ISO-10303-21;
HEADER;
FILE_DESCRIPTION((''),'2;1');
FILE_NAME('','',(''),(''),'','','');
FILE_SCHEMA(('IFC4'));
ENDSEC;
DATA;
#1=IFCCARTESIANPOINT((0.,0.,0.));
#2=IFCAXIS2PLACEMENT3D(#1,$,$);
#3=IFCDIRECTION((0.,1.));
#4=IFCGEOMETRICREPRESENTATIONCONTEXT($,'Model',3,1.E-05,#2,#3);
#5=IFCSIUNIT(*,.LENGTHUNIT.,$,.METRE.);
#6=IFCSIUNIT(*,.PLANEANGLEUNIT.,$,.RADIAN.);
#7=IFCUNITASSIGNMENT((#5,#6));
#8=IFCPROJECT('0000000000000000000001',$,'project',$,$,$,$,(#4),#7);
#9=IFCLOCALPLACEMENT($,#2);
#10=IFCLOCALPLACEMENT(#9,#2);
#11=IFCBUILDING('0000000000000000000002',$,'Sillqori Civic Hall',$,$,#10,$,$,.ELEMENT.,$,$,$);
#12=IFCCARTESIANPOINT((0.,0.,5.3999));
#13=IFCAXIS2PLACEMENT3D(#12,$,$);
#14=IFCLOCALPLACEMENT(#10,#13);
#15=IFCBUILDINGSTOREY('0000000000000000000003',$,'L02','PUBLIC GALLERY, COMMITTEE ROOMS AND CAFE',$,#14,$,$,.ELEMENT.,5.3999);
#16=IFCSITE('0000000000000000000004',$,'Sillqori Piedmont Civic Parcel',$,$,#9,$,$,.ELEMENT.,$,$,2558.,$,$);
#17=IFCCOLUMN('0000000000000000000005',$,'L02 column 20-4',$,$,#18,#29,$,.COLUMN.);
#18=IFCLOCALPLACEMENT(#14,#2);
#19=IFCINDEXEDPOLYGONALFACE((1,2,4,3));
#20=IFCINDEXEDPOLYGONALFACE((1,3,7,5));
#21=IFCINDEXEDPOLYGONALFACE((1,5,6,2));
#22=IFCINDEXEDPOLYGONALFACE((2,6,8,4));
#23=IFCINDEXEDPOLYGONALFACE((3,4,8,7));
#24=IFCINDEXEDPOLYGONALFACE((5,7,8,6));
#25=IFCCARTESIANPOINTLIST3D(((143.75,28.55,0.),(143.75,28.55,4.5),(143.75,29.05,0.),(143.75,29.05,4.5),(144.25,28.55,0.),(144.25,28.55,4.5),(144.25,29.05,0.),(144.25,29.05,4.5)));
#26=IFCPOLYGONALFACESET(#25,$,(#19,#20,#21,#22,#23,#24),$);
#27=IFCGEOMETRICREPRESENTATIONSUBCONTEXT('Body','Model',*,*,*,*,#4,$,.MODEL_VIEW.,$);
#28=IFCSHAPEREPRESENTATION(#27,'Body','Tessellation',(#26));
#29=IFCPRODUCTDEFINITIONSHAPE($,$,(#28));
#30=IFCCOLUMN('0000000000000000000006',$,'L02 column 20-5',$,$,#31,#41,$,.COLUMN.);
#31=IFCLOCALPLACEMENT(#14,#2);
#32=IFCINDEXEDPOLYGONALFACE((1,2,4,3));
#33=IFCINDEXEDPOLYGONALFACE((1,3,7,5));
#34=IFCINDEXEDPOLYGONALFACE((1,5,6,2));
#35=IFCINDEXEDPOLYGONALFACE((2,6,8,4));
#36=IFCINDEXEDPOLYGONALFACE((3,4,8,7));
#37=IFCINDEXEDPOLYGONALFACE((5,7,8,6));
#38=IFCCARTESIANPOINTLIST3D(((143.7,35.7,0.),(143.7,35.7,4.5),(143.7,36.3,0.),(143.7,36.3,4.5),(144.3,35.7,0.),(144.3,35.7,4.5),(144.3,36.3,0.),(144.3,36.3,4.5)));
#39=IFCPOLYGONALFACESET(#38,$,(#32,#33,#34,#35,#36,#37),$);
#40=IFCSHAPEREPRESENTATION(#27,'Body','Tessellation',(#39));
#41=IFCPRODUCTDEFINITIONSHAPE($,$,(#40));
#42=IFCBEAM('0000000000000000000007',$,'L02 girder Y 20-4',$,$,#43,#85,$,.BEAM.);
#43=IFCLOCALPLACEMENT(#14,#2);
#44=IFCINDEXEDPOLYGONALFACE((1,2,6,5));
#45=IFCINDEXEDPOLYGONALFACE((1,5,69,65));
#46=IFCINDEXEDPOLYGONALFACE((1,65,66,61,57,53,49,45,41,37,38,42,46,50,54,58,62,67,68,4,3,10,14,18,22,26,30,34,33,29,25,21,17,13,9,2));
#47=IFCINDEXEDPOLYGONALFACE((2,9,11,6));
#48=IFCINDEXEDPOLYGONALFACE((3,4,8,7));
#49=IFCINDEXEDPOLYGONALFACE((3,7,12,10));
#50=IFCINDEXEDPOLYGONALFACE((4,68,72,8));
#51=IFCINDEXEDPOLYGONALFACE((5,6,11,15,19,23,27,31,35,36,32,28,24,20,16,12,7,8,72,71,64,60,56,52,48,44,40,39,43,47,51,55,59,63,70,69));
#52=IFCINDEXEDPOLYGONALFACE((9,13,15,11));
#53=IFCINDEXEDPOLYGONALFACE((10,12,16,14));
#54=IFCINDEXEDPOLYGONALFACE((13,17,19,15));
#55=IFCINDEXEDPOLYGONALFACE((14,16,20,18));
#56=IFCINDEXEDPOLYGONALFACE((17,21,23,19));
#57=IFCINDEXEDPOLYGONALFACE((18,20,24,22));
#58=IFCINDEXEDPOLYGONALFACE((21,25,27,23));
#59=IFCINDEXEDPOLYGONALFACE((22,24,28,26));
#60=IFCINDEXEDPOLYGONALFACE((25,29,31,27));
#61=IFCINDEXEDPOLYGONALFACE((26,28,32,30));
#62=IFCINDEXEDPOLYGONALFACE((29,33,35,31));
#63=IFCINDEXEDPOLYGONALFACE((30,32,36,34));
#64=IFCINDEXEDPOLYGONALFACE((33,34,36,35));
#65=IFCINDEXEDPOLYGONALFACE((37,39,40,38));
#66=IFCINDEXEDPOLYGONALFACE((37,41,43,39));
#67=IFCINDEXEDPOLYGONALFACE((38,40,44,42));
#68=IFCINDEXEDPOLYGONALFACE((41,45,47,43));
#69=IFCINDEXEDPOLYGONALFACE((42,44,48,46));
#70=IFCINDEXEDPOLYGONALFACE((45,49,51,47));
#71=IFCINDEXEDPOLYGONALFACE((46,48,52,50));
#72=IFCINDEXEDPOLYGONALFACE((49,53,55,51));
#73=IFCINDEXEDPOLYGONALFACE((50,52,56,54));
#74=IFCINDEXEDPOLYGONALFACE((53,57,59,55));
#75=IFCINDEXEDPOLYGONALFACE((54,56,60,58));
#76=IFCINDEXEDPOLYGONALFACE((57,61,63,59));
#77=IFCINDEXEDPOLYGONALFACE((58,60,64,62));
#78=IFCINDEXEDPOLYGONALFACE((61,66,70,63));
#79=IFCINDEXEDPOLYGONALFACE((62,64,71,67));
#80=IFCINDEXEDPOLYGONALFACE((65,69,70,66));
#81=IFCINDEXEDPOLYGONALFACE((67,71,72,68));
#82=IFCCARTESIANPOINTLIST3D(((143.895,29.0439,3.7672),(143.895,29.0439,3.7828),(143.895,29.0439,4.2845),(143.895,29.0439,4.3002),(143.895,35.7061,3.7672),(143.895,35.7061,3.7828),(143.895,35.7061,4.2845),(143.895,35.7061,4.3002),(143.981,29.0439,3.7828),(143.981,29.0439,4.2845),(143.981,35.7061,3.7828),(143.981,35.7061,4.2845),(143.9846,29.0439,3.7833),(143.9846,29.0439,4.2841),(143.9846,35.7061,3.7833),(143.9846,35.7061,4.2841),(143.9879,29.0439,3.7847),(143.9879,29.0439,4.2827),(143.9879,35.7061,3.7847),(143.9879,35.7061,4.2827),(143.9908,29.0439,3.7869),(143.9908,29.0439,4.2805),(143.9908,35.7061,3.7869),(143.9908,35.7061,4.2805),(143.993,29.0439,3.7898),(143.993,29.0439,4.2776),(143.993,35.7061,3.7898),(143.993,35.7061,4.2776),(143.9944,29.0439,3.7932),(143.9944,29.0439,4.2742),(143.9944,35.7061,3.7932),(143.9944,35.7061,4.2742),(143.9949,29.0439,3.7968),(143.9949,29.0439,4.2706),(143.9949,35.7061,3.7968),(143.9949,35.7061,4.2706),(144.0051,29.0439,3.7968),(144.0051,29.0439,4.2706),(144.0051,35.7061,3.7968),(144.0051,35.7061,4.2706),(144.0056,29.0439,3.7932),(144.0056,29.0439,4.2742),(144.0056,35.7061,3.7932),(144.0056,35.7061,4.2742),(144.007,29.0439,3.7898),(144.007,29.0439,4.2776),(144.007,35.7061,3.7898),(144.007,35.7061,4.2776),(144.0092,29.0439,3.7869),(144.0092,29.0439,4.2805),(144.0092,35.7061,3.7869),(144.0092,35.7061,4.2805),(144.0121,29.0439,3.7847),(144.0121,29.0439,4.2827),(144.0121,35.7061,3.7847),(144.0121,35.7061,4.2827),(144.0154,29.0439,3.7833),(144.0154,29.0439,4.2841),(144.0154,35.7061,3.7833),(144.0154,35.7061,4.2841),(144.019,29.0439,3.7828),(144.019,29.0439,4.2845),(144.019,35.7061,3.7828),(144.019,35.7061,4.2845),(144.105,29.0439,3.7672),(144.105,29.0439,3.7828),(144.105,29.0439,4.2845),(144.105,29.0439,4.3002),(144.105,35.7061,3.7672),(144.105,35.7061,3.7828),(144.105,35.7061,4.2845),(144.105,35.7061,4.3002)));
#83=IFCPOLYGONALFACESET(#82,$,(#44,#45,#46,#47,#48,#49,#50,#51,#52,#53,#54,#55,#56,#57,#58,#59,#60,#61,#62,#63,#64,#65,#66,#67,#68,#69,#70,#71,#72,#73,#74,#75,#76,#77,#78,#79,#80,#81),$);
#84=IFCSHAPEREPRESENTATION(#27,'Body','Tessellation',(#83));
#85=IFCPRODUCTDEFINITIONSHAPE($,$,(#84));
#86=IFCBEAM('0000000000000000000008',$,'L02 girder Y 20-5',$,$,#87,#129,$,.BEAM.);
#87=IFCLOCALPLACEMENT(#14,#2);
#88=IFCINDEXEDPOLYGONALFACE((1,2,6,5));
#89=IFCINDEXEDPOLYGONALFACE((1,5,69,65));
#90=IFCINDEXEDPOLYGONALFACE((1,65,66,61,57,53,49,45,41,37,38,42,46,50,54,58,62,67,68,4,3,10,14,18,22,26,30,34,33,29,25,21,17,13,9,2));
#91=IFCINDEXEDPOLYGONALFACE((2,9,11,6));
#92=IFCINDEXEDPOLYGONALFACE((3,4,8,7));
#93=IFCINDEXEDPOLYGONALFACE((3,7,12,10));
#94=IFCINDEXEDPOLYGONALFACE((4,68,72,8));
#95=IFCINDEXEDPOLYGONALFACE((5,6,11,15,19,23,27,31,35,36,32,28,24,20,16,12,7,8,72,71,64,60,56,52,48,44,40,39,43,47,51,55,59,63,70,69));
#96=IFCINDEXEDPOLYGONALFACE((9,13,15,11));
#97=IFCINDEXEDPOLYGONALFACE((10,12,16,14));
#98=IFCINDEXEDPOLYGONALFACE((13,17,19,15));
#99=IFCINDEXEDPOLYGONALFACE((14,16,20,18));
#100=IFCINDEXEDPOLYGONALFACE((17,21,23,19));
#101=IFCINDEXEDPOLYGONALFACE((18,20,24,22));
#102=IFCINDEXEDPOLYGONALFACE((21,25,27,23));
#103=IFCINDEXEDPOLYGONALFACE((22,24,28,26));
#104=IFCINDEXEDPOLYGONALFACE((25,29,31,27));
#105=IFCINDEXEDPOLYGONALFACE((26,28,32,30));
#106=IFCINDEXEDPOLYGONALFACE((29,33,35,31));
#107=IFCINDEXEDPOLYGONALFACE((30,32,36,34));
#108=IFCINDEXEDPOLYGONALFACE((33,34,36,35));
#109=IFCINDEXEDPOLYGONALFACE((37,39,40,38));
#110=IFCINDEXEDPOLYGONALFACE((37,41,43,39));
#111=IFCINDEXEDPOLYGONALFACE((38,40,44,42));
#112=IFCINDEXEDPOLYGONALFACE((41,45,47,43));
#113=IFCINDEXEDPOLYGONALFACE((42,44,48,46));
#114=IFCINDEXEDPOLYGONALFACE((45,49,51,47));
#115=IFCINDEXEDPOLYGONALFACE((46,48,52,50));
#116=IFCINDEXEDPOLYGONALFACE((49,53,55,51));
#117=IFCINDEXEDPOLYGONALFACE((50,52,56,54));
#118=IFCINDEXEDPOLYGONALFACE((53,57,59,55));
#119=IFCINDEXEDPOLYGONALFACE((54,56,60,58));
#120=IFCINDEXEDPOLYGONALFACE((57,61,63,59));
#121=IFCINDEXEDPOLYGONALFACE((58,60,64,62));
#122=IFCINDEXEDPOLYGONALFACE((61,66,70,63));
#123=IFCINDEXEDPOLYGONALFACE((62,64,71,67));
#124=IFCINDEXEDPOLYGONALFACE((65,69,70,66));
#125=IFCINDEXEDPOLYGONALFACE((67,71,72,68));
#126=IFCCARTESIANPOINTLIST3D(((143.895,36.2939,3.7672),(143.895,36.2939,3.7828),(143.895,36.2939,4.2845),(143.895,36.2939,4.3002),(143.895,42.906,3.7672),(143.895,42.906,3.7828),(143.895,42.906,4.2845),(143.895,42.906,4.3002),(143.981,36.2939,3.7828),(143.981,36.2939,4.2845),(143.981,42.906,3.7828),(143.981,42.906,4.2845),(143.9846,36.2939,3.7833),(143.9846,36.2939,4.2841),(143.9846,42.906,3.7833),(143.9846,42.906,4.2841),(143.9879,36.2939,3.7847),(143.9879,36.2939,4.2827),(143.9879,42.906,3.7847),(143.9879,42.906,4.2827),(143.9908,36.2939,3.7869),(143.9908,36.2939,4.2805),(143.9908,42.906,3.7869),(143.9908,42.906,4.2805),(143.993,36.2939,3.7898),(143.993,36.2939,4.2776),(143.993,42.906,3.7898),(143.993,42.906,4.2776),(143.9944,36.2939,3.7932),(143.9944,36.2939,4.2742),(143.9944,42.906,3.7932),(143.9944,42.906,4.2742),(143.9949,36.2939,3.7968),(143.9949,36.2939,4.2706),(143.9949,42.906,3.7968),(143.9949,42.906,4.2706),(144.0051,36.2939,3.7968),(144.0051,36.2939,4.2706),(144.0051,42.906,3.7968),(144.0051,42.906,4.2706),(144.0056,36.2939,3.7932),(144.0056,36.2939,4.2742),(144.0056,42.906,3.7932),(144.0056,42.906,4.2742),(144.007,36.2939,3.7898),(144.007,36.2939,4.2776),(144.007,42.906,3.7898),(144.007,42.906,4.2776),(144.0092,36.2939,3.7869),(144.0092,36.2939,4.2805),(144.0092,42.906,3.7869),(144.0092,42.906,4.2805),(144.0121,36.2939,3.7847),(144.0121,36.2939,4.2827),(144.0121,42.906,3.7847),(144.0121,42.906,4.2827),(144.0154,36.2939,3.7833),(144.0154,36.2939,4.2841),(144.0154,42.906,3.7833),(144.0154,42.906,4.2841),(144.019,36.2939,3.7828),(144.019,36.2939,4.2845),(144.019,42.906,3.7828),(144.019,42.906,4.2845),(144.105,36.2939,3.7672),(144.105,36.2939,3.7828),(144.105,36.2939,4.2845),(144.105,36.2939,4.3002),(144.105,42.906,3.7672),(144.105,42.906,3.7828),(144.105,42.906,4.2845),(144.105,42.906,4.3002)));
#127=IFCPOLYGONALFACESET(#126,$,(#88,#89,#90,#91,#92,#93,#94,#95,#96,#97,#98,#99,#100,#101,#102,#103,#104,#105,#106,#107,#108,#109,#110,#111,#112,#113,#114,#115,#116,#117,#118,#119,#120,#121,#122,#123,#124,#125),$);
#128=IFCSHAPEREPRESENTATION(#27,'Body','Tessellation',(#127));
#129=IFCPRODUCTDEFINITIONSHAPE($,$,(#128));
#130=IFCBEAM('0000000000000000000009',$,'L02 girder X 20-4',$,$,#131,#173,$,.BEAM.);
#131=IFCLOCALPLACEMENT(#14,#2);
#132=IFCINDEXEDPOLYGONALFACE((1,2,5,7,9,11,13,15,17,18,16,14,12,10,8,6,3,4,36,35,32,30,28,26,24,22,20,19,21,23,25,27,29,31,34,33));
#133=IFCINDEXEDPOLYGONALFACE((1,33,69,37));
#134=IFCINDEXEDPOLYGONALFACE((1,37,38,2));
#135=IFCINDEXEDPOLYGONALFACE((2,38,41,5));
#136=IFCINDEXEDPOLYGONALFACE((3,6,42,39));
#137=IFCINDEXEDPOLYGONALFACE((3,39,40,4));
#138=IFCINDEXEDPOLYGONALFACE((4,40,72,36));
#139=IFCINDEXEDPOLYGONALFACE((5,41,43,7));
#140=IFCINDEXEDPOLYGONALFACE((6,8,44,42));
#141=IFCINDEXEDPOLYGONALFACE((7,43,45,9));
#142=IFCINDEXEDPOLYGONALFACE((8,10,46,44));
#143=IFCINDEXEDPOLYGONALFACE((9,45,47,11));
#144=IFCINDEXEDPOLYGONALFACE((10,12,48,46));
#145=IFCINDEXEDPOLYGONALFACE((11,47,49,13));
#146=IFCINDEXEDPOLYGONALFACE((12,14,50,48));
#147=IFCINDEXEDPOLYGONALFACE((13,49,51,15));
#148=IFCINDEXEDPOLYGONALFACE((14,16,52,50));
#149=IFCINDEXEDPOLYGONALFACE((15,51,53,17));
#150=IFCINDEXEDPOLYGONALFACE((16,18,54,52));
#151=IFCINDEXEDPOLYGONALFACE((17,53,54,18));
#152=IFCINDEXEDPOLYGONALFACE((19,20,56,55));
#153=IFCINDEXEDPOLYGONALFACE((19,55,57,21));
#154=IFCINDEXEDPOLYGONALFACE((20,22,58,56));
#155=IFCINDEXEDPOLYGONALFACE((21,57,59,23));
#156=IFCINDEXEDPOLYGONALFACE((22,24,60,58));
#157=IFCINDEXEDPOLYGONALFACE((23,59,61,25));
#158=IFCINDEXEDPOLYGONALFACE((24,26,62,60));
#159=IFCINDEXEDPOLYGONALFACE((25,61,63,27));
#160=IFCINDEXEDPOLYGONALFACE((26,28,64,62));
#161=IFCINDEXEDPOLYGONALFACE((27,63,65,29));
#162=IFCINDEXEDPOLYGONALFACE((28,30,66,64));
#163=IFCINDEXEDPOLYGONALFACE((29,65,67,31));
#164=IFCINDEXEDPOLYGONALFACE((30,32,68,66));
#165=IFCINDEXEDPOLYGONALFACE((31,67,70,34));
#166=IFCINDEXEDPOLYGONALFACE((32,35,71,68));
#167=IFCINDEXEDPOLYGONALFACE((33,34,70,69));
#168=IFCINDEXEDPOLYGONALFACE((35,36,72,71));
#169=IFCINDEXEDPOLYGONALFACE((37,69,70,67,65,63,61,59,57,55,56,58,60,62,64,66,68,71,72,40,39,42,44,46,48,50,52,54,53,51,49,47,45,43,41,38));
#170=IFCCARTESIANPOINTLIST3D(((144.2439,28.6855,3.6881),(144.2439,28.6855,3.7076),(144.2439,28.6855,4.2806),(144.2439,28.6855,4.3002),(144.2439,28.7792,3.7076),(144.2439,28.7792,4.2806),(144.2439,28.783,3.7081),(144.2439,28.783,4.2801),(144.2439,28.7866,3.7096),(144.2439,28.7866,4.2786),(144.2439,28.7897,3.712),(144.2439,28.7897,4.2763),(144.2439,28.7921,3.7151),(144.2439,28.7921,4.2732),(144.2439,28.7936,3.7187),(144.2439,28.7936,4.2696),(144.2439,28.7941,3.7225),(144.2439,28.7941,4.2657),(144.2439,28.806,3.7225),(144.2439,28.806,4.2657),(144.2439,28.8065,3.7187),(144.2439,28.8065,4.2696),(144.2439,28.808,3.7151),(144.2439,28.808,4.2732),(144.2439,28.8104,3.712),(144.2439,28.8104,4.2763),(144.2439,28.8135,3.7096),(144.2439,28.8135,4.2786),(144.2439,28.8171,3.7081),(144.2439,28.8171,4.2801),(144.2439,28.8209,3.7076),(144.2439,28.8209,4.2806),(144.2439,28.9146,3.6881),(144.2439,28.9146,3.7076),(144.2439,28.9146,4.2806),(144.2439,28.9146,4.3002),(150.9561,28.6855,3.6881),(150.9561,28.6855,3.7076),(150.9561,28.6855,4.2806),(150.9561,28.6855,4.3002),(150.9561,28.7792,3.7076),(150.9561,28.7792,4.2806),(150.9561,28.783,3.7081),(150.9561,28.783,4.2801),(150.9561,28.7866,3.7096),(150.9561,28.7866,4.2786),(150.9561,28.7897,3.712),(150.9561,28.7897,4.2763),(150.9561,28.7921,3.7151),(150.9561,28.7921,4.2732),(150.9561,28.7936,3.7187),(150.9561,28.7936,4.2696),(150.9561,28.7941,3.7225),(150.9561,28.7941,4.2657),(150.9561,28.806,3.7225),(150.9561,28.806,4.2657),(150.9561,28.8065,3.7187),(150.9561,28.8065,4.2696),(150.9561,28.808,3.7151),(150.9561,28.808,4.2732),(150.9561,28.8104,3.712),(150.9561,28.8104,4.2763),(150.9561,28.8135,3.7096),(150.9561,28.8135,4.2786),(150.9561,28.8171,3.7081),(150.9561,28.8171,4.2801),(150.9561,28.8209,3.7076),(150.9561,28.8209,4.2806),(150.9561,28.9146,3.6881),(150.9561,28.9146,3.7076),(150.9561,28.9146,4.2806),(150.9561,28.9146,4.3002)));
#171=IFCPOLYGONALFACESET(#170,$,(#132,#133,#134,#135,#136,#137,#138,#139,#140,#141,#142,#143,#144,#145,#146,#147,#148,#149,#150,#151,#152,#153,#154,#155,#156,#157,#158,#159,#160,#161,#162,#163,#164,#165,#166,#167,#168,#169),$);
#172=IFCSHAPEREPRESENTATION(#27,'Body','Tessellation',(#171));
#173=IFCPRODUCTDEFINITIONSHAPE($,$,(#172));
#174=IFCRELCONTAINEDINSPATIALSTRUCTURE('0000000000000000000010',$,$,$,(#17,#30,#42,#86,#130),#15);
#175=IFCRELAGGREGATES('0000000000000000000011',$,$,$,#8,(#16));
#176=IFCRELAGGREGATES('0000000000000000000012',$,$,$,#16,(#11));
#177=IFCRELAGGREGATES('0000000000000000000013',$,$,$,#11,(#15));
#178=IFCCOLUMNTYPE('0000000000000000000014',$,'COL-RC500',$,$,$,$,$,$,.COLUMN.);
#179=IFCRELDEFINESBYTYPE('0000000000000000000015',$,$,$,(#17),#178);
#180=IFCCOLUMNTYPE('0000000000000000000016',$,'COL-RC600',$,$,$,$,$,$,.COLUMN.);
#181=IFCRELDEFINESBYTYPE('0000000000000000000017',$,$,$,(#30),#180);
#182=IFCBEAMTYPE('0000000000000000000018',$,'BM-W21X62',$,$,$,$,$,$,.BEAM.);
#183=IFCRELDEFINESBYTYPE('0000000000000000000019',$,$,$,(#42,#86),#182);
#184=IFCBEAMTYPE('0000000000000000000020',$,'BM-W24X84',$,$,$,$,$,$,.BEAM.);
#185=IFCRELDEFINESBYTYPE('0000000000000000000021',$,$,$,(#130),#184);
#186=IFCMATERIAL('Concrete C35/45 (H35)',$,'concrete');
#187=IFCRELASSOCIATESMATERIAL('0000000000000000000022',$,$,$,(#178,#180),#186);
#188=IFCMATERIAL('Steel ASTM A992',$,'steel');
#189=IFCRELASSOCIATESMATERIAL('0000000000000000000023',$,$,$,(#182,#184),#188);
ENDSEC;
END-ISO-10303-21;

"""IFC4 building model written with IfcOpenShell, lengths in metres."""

from ifc_helpers import new_model, si_unit, direction, frame, origin, origin_2d, place, context, subcontext, project, spatial, rectangle, i_section, extrude, material, material_profile, profile_set, type_object, element, save


model = new_model("IFC4")

# Units and contexts
model_context = context("Model", 3, precision=1e-05, world=origin(), true_north=direction((0.0, 1.0)))
body_context = subcontext(model_context, "Body", "Model", "MODEL_VIEW")
ifc_project = project(units=[si_unit("LENGTHUNIT", "METRE"), si_unit("PLANEANGLEUNIT", "RADIAN")], contexts=[model_context])

# Site, building, storey
site_placement = place(None, origin())
site = spatial("IfcSite", under=ifc_project, at=site_placement, Name="Sillqori Piedmont Civic Parcel", CompositionType="ELEMENT", RefElevation=2558.0)
building_placement = place(site_placement, origin())
building = spatial("IfcBuilding", under=site, at=building_placement, Name="Sillqori Civic Hall", CompositionType="ELEMENT")
storey_placement = place(building_placement, frame((0.0, 0.0, 5.3999)))
storey = spatial("IfcBuildingStorey", under=building, at=storey_placement, Name="L02", Description="PUBLIC GALLERY, COMMITTEE ROOMS AND CAFE", CompositionType="ELEMENT", Elevation=5.3999)

# Columns
ifc_material_1 = material(Name="Concrete C35/45 (H35)", Category="concrete")
ifc_material_profile_1 = material_profile(ifc_material_1, rectangle(XDim=0.5, YDim=0.5, at=origin_2d()), Name="RC 500x500")
ifc_profile_set_1 = profile_set([ifc_material_profile_1], Name="Concrete C35/45 (H35)")
column_type_1 = type_object("IfcColumnType", Name="COL-RC500", PredefinedType="COLUMN", material=ifc_profile_set_1)
column_1_placement = place(storey_placement, frame((144.0, 28.8, 0.0), z_axis=(0.0, 0.0, 1.0), x_axis=(1.0, 0.0, 0.0)))
element("IfcColumn", 1, at=column_1_placement, inside=storey, type_object=column_type_1, Name="L02 column 20-4", PredefinedType="COLUMN", context=body_context, shape_type="SweptSolid", body=[
    extrude(rectangle(XDim=0.5, YDim=0.5, at=origin_2d()), origin(), (0.0, 0.0, 1.0), 4.5),
])
ifc_material_profile_2 = material_profile(ifc_material_1, rectangle(XDim=0.6001, YDim=0.6001, at=origin_2d()), Name="RC 600x600")
ifc_profile_set_2 = profile_set([ifc_material_profile_2], Name="Concrete C35/45 (H35)")
column_type_2 = type_object("IfcColumnType", Name="COL-RC600", PredefinedType="COLUMN", material=ifc_profile_set_2)
column_2_placement = place(storey_placement, frame((144.0, 36.0, 0.0), z_axis=(0.0, 0.0, 1.0), x_axis=(1.0, 0.0, 0.0)))
element("IfcColumn", 2, at=column_2_placement, inside=storey, type_object=column_type_2, Name="L02 column 20-5", PredefinedType="COLUMN", context=body_context, shape_type="SweptSolid", body=[
    extrude(rectangle(XDim=0.6001, YDim=0.6001, at=origin_2d()), origin(), (0.0, 0.0, 1.0), 4.5),
])

# Beams
ifc_material_2 = material(Name="Steel ASTM A992", Category="steel")
ifc_material_profile_3 = material_profile(ifc_material_2, i_section(OverallWidth=0.21, OverallDepth=0.533, WebThickness=0.0103, FlangeThickness=0.0156, FilletRadius=0.0139, at=origin_2d()), Name="W21X62")
ifc_profile_set_3 = profile_set([ifc_material_profile_3], Name="Steel ASTM A992")
beam_type_1 = type_object("IfcBeamType", Name="BM-W21X62", PredefinedType="BEAM", material=ifc_profile_set_3)
beam_1_placement = place(storey_placement, frame((144.0, 29.0439, 4.0337), z_axis=(0.0, 1.0, 0.0), x_axis=(-1.0, 0.0, 0.0)))
element("IfcBeam", 3, at=beam_1_placement, inside=storey, type_object=beam_type_1, Name="L02 girder Y 20-4", PredefinedType="BEAM", context=body_context, shape_type="SweptSolid", body=[
    extrude(i_section(OverallWidth=0.21, OverallDepth=0.533, WebThickness=0.0103, FlangeThickness=0.0156, FilletRadius=0.0139, at=origin_2d()), origin(), (0.0, 0.0, 1.0), 6.6621),
])
beam_2_placement = place(storey_placement, frame((144.0, 36.2939, 4.0337), z_axis=(0.0, 1.0, 0.0), x_axis=(-1.0, 0.0, 0.0)))
element("IfcBeam", 4, at=beam_2_placement, inside=storey, type_object=beam_type_1, Name="L02 girder Y 20-5", PredefinedType="BEAM", context=body_context, shape_type="SweptSolid", body=[
    extrude(i_section(OverallWidth=0.21, OverallDepth=0.533, WebThickness=0.0103, FlangeThickness=0.0156, FilletRadius=0.0139, at=origin_2d()), origin(), (0.0, 0.0, 1.0), 6.6121),
])
ifc_material_profile_4 = material_profile(ifc_material_2, i_section(OverallWidth=0.229, OverallDepth=0.6121, WebThickness=0.012, FlangeThickness=0.0195, FilletRadius=0.0149, at=origin_2d()), Name="W24X84")
ifc_profile_set_4 = profile_set([ifc_material_profile_4], Name="Steel ASTM A992")
beam_type_2 = type_object("IfcBeamType", Name="BM-W24X84", PredefinedType="BEAM", material=ifc_profile_set_4)
beam_3_placement = place(storey_placement, frame((144.2439, 28.8, 3.9941), z_axis=(1.0, 0.0, 0.0), x_axis=(0.0, 1.0, 0.0)))
element("IfcBeam", 5, at=beam_3_placement, inside=storey, type_object=beam_type_2, Name="L02 girder X 20-4", PredefinedType="BEAM", context=body_context, shape_type="SweptSolid", body=[
    extrude(i_section(OverallWidth=0.229, OverallDepth=0.6121, WebThickness=0.012, FlangeThickness=0.0195, FilletRadius=0.0149, at=origin_2d()), origin(), (0.0, 0.0, 1.0), 6.7122),
])

save(model, "model.ifc")
